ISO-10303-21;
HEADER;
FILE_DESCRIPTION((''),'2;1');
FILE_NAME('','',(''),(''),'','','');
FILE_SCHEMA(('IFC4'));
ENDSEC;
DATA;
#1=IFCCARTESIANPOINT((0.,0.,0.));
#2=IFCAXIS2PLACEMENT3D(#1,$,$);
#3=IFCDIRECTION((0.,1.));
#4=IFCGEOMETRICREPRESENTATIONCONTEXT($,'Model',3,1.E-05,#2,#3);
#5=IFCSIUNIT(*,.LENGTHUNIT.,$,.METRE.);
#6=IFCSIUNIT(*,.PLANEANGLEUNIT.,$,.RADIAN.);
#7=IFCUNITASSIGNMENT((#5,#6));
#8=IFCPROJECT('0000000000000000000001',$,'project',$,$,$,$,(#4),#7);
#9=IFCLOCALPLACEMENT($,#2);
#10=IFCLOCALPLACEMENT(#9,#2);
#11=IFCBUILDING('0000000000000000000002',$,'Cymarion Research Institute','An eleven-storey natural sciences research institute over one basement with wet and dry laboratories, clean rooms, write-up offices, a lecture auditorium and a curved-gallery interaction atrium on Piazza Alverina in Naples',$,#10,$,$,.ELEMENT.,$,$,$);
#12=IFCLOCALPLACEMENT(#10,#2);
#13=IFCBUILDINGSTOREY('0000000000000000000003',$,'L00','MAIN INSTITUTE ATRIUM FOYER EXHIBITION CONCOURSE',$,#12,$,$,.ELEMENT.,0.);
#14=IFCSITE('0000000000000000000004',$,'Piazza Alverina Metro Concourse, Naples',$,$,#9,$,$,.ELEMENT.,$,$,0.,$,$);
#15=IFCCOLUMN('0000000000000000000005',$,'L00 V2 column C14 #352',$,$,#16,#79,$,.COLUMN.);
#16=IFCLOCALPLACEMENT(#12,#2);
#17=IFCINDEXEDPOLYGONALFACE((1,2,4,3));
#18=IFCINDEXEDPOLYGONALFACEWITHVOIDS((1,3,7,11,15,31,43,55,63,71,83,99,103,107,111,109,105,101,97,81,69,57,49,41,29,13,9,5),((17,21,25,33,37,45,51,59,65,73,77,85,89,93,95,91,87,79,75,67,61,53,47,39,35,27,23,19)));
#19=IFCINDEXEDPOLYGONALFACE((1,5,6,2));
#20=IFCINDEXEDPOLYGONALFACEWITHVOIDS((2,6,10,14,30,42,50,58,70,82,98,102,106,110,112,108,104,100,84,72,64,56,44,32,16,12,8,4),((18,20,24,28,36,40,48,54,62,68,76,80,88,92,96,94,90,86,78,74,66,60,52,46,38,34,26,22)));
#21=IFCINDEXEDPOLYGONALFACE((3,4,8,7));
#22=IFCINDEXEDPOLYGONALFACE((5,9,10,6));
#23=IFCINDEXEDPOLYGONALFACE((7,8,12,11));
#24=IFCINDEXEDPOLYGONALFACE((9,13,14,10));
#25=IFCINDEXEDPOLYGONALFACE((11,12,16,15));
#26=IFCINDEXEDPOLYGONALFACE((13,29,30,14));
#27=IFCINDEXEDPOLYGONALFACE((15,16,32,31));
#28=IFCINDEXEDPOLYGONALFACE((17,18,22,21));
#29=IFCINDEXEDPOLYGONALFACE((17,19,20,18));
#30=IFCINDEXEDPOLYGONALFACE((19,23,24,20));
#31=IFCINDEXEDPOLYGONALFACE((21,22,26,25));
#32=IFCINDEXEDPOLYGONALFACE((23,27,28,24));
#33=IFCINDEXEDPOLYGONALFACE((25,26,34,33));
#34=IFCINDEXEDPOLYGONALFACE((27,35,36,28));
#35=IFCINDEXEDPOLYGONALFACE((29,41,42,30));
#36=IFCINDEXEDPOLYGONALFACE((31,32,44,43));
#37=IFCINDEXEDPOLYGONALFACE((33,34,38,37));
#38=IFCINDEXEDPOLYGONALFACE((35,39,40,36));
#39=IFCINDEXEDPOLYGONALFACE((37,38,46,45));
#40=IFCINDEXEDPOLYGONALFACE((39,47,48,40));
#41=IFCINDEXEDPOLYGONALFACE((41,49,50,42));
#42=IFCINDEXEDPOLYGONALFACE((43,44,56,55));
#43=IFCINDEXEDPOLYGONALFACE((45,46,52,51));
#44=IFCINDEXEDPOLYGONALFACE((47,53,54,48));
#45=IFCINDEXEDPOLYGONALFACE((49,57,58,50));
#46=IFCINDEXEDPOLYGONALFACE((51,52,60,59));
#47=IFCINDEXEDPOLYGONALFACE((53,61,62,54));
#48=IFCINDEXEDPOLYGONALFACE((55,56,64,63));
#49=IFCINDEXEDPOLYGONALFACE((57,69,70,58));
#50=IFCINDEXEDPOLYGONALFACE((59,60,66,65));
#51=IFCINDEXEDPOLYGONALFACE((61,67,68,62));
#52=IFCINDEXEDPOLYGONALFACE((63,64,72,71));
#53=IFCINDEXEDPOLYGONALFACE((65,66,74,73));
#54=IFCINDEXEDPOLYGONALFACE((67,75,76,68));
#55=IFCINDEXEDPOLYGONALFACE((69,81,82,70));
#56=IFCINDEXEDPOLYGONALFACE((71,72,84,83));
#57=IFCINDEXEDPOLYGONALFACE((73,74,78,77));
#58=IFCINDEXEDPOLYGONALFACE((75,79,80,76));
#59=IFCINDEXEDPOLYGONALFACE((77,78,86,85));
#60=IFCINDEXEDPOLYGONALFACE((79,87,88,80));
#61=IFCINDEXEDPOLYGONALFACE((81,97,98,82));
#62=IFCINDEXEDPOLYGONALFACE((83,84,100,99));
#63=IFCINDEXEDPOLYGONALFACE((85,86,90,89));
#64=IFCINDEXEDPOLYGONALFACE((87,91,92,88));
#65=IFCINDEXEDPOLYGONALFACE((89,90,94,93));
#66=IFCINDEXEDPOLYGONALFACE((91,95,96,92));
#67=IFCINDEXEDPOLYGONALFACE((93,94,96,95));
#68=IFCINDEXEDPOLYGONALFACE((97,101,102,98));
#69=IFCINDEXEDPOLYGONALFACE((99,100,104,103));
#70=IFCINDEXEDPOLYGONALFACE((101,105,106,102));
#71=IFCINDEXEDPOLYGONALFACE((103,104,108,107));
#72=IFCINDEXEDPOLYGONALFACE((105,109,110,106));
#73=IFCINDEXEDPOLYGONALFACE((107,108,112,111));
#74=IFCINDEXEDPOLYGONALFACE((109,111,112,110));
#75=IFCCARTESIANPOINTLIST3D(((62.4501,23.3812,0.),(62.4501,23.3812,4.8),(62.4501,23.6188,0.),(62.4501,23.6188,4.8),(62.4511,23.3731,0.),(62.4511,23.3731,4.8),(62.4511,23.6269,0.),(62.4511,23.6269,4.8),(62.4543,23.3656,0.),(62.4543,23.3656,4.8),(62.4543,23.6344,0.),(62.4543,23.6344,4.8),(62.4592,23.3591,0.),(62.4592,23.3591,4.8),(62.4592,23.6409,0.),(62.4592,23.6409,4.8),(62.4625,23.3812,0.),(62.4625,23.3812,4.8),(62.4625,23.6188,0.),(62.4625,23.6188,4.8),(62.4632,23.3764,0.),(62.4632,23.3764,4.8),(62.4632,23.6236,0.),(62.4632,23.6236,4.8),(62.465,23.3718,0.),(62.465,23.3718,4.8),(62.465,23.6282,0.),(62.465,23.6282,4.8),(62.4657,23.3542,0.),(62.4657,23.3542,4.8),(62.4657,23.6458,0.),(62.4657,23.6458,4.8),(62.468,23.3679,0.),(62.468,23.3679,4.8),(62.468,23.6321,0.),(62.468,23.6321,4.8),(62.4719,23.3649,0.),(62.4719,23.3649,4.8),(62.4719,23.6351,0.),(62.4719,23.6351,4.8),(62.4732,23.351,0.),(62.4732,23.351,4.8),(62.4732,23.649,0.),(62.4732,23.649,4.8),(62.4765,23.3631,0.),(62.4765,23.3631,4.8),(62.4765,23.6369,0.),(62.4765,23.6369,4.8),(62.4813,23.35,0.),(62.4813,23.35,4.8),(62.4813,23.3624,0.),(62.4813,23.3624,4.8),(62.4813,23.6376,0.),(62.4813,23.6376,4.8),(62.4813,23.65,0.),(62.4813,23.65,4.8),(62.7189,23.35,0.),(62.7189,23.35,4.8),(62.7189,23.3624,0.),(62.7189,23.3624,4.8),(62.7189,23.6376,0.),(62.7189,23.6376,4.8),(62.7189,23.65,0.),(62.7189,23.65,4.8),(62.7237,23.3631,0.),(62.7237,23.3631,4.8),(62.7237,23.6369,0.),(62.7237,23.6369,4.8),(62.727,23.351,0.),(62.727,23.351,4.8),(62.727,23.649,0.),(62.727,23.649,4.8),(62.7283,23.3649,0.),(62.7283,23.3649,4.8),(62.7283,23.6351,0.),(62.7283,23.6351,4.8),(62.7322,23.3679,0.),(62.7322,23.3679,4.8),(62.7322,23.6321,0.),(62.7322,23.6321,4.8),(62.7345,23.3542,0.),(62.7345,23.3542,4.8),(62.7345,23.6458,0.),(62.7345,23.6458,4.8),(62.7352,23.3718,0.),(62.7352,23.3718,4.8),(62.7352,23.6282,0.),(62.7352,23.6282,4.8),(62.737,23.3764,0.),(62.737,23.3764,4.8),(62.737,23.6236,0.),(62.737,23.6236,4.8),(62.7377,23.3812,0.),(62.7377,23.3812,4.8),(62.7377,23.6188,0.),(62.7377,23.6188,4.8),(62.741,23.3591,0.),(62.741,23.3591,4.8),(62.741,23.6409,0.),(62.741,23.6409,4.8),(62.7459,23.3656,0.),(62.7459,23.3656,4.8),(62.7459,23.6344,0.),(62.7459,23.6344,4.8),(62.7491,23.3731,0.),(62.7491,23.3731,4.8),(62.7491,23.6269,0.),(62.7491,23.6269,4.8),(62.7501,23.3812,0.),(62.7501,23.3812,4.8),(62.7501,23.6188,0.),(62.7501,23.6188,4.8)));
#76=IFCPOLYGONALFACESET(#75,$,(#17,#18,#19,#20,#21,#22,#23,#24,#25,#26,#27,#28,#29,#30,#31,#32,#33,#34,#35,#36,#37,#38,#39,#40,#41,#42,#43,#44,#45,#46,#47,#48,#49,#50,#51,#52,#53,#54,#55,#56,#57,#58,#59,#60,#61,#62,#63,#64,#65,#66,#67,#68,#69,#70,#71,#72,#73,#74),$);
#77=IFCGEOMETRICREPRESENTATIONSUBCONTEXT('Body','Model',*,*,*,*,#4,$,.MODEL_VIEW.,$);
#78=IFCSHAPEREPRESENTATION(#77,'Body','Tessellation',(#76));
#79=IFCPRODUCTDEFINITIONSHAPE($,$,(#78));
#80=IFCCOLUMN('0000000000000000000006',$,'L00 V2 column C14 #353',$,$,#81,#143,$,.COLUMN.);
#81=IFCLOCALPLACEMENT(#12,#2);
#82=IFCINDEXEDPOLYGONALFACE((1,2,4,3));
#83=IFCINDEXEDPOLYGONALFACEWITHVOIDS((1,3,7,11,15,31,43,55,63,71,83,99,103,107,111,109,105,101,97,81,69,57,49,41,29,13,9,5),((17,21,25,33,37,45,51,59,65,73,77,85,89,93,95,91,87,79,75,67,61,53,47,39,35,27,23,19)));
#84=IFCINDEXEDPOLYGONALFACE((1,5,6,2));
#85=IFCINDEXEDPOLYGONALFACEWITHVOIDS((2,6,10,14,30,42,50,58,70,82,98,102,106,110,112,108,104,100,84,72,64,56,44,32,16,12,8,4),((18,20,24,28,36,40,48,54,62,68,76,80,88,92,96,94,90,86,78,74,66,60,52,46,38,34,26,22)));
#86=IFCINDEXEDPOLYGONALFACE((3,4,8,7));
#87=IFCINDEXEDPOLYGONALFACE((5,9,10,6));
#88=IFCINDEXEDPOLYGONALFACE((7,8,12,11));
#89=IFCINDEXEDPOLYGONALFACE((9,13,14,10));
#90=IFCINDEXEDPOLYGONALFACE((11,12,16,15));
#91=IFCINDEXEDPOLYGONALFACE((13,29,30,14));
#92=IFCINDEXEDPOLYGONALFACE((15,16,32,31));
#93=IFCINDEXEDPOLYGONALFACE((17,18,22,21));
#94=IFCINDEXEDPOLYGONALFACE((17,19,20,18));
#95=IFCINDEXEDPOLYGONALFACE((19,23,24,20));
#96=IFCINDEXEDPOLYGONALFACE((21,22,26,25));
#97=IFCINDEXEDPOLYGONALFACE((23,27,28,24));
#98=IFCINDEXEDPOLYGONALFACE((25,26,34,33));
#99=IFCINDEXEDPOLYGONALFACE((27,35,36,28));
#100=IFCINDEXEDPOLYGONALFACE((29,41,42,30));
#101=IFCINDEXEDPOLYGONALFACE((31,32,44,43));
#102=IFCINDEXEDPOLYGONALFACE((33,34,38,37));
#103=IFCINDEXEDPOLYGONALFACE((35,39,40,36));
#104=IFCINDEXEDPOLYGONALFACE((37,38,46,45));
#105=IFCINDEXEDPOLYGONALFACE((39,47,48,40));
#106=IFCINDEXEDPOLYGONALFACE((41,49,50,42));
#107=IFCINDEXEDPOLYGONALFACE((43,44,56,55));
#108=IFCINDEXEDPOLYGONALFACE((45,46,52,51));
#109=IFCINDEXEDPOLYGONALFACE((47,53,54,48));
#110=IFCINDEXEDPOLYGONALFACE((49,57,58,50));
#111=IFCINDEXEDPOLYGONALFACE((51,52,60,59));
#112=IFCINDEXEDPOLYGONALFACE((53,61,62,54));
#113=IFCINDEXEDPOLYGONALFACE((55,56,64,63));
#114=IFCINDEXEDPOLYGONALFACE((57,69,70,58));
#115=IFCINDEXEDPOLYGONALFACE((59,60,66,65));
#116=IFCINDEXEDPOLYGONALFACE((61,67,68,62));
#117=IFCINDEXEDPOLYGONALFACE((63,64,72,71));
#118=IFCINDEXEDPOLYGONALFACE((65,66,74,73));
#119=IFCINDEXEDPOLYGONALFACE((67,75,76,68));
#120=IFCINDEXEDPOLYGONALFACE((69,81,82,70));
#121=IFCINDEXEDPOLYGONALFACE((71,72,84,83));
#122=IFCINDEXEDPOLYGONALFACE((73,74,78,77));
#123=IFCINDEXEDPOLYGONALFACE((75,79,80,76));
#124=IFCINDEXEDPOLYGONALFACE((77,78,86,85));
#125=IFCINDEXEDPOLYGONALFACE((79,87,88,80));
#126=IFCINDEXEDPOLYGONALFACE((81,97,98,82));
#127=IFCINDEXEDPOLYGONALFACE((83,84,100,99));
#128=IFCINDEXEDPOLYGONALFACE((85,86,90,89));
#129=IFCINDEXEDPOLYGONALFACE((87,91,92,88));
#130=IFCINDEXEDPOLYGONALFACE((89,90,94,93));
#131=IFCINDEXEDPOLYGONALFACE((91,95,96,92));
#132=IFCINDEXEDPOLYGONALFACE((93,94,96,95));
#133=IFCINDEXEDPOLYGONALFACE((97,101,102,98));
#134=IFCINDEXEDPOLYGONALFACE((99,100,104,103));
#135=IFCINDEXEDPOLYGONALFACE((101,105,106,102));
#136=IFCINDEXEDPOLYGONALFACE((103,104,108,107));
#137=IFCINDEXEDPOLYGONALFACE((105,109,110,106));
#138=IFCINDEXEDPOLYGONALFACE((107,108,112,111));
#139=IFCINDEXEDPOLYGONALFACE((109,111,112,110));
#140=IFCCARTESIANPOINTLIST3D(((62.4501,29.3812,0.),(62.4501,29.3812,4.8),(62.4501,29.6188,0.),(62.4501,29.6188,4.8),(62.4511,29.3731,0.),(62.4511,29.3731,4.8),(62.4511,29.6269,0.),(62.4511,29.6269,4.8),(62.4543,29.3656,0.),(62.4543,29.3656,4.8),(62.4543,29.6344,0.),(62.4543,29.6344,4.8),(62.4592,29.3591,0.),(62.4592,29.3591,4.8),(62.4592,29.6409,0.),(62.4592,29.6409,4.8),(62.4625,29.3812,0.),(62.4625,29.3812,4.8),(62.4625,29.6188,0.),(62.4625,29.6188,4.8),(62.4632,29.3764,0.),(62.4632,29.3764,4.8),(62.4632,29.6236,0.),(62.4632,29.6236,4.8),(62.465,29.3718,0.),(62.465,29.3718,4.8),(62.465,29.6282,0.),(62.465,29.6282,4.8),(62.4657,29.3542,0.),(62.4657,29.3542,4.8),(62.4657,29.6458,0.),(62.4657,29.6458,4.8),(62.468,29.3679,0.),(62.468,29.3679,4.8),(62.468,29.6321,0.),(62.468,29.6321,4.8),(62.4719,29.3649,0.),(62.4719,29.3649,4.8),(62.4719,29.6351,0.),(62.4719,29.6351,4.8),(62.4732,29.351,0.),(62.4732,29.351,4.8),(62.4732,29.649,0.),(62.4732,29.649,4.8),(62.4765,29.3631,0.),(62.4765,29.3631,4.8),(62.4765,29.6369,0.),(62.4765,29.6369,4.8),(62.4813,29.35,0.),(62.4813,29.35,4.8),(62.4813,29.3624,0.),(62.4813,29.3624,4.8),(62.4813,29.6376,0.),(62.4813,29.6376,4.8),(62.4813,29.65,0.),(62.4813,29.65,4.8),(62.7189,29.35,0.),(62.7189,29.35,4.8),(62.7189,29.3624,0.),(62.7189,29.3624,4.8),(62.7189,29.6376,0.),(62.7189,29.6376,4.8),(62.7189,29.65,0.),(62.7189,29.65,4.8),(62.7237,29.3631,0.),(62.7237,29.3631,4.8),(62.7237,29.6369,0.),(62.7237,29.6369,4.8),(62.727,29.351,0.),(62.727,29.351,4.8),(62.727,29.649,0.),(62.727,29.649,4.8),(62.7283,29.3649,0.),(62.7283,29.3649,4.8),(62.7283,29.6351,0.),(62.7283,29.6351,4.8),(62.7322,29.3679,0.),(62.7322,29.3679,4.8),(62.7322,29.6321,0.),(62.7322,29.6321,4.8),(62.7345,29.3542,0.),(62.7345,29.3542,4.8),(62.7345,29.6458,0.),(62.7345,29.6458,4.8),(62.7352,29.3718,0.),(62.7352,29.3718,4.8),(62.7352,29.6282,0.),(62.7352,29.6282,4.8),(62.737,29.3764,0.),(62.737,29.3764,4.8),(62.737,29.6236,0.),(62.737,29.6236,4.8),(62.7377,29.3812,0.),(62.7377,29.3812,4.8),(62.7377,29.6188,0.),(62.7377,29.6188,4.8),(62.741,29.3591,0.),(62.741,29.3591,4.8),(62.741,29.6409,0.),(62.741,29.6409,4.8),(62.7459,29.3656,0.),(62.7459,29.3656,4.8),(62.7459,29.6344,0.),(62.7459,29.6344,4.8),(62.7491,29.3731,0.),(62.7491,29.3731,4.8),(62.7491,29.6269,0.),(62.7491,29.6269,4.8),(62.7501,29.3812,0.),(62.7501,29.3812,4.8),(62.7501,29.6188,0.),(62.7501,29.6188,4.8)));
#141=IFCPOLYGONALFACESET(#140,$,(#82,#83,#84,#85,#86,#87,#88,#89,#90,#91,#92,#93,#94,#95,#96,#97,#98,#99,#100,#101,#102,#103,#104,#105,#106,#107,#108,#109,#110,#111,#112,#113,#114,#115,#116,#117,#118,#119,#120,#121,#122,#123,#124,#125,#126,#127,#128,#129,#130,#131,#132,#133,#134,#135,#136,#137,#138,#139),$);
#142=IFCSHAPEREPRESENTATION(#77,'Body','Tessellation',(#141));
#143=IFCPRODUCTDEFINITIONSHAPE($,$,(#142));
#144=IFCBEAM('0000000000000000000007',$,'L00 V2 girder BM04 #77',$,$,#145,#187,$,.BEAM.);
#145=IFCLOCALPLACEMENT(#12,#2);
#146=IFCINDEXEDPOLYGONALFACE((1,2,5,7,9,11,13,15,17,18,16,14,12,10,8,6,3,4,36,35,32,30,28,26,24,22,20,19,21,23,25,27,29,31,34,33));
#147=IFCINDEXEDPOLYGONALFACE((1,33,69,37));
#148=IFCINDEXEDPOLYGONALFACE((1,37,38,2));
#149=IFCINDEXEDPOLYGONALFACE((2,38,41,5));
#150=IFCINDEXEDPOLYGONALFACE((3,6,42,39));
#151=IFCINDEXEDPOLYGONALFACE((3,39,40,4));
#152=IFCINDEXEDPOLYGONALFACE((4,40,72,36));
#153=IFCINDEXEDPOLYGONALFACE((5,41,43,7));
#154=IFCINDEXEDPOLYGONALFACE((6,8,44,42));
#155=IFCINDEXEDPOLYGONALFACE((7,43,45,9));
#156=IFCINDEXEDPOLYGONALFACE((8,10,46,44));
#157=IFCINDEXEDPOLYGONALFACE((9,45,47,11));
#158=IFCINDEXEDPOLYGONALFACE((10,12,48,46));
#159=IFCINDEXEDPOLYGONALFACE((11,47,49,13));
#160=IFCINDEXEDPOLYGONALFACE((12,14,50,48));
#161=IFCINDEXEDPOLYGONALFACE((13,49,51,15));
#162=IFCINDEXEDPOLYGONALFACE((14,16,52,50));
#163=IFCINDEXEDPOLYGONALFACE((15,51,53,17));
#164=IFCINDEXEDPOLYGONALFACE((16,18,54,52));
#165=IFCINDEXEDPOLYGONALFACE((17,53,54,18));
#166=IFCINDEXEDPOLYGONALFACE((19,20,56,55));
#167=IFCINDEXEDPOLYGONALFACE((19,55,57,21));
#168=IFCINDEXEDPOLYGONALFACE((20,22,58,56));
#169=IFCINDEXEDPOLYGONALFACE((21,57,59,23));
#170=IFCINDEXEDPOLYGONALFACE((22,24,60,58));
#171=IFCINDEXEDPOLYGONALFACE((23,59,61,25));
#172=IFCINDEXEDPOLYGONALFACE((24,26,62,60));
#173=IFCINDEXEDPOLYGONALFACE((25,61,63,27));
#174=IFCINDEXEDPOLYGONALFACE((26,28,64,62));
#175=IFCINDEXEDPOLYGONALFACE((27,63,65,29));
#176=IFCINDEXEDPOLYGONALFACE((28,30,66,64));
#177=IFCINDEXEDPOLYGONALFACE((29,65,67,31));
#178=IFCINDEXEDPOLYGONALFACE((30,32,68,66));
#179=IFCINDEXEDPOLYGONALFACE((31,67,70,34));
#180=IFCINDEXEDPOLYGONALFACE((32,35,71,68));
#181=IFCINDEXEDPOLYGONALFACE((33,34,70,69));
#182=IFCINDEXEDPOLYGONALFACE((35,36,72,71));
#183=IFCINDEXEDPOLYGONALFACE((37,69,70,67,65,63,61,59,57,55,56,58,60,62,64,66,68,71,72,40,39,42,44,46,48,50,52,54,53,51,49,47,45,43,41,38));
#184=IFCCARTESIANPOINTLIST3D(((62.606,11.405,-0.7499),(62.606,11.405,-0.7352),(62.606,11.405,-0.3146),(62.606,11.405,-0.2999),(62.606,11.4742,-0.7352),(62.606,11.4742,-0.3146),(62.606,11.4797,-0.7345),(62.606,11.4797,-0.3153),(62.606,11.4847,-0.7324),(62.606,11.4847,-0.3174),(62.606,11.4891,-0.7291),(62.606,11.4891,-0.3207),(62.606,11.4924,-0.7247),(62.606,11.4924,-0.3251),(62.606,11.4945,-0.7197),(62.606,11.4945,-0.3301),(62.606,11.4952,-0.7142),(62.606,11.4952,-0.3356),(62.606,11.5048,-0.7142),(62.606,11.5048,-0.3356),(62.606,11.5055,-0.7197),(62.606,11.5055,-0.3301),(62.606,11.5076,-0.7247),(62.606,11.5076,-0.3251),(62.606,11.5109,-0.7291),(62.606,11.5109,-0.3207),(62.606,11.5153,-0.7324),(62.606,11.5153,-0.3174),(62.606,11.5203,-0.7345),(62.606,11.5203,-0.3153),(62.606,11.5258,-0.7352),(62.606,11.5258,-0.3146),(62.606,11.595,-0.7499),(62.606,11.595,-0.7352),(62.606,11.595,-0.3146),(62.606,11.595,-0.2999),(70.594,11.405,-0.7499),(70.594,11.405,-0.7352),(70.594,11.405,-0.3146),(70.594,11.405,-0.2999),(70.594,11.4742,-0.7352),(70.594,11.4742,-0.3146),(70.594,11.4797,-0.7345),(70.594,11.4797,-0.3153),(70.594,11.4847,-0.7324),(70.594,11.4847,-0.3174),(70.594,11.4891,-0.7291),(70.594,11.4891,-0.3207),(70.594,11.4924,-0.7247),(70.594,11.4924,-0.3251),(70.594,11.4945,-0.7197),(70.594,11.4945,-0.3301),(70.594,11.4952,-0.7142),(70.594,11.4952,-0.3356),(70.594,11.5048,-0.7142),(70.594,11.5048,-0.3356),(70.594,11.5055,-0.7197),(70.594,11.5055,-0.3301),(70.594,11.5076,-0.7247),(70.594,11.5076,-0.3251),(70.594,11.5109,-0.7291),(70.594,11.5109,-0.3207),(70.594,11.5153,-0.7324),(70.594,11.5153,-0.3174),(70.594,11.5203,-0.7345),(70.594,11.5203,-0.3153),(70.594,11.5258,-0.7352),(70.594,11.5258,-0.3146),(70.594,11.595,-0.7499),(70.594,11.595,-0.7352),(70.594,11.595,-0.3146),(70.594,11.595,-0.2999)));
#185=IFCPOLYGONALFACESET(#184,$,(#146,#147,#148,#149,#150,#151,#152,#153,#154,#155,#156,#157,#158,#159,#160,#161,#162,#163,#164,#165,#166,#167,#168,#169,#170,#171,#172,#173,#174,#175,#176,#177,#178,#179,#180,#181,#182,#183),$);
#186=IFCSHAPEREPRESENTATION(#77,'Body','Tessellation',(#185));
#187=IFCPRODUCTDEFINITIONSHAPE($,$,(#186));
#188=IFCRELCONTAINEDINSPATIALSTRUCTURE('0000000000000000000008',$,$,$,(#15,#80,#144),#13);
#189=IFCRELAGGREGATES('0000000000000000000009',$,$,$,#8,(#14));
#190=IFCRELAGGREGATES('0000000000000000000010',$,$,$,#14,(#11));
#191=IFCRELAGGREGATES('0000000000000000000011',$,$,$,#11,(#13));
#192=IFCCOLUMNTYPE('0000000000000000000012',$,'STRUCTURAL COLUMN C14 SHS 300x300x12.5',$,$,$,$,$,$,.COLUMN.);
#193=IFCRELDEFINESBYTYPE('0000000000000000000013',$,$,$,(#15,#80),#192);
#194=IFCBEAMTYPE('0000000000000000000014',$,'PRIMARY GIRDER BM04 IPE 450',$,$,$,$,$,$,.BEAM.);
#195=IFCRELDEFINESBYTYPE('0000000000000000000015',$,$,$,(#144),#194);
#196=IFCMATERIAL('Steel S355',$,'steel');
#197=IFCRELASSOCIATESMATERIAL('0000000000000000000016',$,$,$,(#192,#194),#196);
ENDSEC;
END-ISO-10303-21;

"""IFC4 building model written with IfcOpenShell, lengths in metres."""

from ifc_helpers import new_model, si_unit, direction, frame, origin, origin_2d, place, context, subcontext, project, spatial, hollow_rectangle, i_section, extrude, material, material_profile, profile_set, type_object, element, save


model = new_model("IFC4")

# Units and contexts
model_context = context("Model", 3, precision=1e-05, world=origin(), true_north=direction((0.0, 1.0)))
body_context = subcontext(model_context, "Body", "Model", "MODEL_VIEW")
ifc_project = project(units=[si_unit("LENGTHUNIT", "METRE"), si_unit("PLANEANGLEUNIT", "RADIAN")], contexts=[model_context])

# Site, building, storey
site_placement = place(None, origin())
site = spatial("IfcSite", under=ifc_project, at=site_placement, Name="Piazza Alverina Metro Concourse, Naples", CompositionType="ELEMENT", RefElevation=0.0)
building_placement = place(site_placement, origin())
building = spatial("IfcBuilding", under=site, at=building_placement, Name="Cymarion Research Institute", Description="An eleven-storey natural sciences research institute over one basement with wet and dry laboratories, clean rooms, write-up offices, a lecture auditorium and a curved-gallery interaction atrium on Piazza Alverina in Naples", CompositionType="ELEMENT")
storey_placement = place(building_placement, origin())
storey = spatial("IfcBuildingStorey", under=building, at=storey_placement, Name="L00", Description="MAIN INSTITUTE ATRIUM FOYER EXHIBITION CONCOURSE", CompositionType="ELEMENT", Elevation=0.0)

# Columns
ifc_material_1 = material(Name="Steel S355", Category="steel")
ifc_material_profile_1 = material_profile(ifc_material_1, hollow_rectangle(XDim=0.3, YDim=0.3, WallThickness=0.0125, InnerFilletRadius=0.0188, OuterFilletRadius=0.0312, at=origin_2d()), Name="SHS 300x300x12.5")
ifc_profile_set_1 = profile_set([ifc_material_profile_1], Name="Steel S355")
column_type_1 = type_object("IfcColumnType", Name="STRUCTURAL COLUMN C14 SHS 300x300x12.5", PredefinedType="COLUMN", material=ifc_profile_set_1)
for number, where, z_axis, x_axis, name in (
    (1, (62.6001, 23.5, 0.0), (0.0, 0.0, 1.0), (1.0, 0.0, 0.0), "L00 V2 column C14 #352"),
    (2, (62.6001, 29.5, 0.0), (0.0, 0.0, 1.0), (1.0, 0.0, 0.0), "L00 V2 column C14 #353"),
):
    element("IfcColumn", number, at=place(storey_placement, frame(where, z_axis=z_axis, x_axis=x_axis)), inside=storey, type_object=column_type_1, Name=name, PredefinedType="COLUMN", context=body_context, shape_type="SweptSolid", body=[
        extrude(hollow_rectangle(XDim=0.3, YDim=0.3, WallThickness=0.0125, InnerFilletRadius=0.0188, OuterFilletRadius=0.0312, at=origin_2d()), origin(), (0.0, 0.0, 1.0), 4.8),
    ])

# Beam
ifc_material_profile_2 = material_profile(ifc_material_1, i_section(OverallWidth=0.1899, OverallDepth=0.45, WebThickness=0.0095, FlangeThickness=0.0146, FilletRadius=0.021, at=origin_2d()), Name="IPE 450")
ifc_profile_set_2 = profile_set([ifc_material_profile_2], Name="Steel S355")
beam_type_1 = type_object("IfcBeamType", Name="PRIMARY GIRDER BM04 IPE 450", PredefinedType="BEAM", material=ifc_profile_set_2)
for number, where, z_axis, x_axis, name in (
    (3, (62.606, 11.5, -0.5249), (1.0, 0.0, 0.0), (0.0, 1.0, 0.0), "L00 V2 girder BM04 #77"),
):
    element("IfcBeam", number, at=place(storey_placement, frame(where, z_axis=z_axis, x_axis=x_axis)), inside=storey, type_object=beam_type_1, Name=name, PredefinedType="BEAM", context=body_context, shape_type="SweptSolid", body=[
        extrude(i_section(OverallWidth=0.1899, OverallDepth=0.45, WebThickness=0.0095, FlangeThickness=0.0146, FilletRadius=0.021, at=origin_2d()), origin(), (0.0, 0.0, 1.0), 7.988),
    ])

save(model, "model.ifc")
